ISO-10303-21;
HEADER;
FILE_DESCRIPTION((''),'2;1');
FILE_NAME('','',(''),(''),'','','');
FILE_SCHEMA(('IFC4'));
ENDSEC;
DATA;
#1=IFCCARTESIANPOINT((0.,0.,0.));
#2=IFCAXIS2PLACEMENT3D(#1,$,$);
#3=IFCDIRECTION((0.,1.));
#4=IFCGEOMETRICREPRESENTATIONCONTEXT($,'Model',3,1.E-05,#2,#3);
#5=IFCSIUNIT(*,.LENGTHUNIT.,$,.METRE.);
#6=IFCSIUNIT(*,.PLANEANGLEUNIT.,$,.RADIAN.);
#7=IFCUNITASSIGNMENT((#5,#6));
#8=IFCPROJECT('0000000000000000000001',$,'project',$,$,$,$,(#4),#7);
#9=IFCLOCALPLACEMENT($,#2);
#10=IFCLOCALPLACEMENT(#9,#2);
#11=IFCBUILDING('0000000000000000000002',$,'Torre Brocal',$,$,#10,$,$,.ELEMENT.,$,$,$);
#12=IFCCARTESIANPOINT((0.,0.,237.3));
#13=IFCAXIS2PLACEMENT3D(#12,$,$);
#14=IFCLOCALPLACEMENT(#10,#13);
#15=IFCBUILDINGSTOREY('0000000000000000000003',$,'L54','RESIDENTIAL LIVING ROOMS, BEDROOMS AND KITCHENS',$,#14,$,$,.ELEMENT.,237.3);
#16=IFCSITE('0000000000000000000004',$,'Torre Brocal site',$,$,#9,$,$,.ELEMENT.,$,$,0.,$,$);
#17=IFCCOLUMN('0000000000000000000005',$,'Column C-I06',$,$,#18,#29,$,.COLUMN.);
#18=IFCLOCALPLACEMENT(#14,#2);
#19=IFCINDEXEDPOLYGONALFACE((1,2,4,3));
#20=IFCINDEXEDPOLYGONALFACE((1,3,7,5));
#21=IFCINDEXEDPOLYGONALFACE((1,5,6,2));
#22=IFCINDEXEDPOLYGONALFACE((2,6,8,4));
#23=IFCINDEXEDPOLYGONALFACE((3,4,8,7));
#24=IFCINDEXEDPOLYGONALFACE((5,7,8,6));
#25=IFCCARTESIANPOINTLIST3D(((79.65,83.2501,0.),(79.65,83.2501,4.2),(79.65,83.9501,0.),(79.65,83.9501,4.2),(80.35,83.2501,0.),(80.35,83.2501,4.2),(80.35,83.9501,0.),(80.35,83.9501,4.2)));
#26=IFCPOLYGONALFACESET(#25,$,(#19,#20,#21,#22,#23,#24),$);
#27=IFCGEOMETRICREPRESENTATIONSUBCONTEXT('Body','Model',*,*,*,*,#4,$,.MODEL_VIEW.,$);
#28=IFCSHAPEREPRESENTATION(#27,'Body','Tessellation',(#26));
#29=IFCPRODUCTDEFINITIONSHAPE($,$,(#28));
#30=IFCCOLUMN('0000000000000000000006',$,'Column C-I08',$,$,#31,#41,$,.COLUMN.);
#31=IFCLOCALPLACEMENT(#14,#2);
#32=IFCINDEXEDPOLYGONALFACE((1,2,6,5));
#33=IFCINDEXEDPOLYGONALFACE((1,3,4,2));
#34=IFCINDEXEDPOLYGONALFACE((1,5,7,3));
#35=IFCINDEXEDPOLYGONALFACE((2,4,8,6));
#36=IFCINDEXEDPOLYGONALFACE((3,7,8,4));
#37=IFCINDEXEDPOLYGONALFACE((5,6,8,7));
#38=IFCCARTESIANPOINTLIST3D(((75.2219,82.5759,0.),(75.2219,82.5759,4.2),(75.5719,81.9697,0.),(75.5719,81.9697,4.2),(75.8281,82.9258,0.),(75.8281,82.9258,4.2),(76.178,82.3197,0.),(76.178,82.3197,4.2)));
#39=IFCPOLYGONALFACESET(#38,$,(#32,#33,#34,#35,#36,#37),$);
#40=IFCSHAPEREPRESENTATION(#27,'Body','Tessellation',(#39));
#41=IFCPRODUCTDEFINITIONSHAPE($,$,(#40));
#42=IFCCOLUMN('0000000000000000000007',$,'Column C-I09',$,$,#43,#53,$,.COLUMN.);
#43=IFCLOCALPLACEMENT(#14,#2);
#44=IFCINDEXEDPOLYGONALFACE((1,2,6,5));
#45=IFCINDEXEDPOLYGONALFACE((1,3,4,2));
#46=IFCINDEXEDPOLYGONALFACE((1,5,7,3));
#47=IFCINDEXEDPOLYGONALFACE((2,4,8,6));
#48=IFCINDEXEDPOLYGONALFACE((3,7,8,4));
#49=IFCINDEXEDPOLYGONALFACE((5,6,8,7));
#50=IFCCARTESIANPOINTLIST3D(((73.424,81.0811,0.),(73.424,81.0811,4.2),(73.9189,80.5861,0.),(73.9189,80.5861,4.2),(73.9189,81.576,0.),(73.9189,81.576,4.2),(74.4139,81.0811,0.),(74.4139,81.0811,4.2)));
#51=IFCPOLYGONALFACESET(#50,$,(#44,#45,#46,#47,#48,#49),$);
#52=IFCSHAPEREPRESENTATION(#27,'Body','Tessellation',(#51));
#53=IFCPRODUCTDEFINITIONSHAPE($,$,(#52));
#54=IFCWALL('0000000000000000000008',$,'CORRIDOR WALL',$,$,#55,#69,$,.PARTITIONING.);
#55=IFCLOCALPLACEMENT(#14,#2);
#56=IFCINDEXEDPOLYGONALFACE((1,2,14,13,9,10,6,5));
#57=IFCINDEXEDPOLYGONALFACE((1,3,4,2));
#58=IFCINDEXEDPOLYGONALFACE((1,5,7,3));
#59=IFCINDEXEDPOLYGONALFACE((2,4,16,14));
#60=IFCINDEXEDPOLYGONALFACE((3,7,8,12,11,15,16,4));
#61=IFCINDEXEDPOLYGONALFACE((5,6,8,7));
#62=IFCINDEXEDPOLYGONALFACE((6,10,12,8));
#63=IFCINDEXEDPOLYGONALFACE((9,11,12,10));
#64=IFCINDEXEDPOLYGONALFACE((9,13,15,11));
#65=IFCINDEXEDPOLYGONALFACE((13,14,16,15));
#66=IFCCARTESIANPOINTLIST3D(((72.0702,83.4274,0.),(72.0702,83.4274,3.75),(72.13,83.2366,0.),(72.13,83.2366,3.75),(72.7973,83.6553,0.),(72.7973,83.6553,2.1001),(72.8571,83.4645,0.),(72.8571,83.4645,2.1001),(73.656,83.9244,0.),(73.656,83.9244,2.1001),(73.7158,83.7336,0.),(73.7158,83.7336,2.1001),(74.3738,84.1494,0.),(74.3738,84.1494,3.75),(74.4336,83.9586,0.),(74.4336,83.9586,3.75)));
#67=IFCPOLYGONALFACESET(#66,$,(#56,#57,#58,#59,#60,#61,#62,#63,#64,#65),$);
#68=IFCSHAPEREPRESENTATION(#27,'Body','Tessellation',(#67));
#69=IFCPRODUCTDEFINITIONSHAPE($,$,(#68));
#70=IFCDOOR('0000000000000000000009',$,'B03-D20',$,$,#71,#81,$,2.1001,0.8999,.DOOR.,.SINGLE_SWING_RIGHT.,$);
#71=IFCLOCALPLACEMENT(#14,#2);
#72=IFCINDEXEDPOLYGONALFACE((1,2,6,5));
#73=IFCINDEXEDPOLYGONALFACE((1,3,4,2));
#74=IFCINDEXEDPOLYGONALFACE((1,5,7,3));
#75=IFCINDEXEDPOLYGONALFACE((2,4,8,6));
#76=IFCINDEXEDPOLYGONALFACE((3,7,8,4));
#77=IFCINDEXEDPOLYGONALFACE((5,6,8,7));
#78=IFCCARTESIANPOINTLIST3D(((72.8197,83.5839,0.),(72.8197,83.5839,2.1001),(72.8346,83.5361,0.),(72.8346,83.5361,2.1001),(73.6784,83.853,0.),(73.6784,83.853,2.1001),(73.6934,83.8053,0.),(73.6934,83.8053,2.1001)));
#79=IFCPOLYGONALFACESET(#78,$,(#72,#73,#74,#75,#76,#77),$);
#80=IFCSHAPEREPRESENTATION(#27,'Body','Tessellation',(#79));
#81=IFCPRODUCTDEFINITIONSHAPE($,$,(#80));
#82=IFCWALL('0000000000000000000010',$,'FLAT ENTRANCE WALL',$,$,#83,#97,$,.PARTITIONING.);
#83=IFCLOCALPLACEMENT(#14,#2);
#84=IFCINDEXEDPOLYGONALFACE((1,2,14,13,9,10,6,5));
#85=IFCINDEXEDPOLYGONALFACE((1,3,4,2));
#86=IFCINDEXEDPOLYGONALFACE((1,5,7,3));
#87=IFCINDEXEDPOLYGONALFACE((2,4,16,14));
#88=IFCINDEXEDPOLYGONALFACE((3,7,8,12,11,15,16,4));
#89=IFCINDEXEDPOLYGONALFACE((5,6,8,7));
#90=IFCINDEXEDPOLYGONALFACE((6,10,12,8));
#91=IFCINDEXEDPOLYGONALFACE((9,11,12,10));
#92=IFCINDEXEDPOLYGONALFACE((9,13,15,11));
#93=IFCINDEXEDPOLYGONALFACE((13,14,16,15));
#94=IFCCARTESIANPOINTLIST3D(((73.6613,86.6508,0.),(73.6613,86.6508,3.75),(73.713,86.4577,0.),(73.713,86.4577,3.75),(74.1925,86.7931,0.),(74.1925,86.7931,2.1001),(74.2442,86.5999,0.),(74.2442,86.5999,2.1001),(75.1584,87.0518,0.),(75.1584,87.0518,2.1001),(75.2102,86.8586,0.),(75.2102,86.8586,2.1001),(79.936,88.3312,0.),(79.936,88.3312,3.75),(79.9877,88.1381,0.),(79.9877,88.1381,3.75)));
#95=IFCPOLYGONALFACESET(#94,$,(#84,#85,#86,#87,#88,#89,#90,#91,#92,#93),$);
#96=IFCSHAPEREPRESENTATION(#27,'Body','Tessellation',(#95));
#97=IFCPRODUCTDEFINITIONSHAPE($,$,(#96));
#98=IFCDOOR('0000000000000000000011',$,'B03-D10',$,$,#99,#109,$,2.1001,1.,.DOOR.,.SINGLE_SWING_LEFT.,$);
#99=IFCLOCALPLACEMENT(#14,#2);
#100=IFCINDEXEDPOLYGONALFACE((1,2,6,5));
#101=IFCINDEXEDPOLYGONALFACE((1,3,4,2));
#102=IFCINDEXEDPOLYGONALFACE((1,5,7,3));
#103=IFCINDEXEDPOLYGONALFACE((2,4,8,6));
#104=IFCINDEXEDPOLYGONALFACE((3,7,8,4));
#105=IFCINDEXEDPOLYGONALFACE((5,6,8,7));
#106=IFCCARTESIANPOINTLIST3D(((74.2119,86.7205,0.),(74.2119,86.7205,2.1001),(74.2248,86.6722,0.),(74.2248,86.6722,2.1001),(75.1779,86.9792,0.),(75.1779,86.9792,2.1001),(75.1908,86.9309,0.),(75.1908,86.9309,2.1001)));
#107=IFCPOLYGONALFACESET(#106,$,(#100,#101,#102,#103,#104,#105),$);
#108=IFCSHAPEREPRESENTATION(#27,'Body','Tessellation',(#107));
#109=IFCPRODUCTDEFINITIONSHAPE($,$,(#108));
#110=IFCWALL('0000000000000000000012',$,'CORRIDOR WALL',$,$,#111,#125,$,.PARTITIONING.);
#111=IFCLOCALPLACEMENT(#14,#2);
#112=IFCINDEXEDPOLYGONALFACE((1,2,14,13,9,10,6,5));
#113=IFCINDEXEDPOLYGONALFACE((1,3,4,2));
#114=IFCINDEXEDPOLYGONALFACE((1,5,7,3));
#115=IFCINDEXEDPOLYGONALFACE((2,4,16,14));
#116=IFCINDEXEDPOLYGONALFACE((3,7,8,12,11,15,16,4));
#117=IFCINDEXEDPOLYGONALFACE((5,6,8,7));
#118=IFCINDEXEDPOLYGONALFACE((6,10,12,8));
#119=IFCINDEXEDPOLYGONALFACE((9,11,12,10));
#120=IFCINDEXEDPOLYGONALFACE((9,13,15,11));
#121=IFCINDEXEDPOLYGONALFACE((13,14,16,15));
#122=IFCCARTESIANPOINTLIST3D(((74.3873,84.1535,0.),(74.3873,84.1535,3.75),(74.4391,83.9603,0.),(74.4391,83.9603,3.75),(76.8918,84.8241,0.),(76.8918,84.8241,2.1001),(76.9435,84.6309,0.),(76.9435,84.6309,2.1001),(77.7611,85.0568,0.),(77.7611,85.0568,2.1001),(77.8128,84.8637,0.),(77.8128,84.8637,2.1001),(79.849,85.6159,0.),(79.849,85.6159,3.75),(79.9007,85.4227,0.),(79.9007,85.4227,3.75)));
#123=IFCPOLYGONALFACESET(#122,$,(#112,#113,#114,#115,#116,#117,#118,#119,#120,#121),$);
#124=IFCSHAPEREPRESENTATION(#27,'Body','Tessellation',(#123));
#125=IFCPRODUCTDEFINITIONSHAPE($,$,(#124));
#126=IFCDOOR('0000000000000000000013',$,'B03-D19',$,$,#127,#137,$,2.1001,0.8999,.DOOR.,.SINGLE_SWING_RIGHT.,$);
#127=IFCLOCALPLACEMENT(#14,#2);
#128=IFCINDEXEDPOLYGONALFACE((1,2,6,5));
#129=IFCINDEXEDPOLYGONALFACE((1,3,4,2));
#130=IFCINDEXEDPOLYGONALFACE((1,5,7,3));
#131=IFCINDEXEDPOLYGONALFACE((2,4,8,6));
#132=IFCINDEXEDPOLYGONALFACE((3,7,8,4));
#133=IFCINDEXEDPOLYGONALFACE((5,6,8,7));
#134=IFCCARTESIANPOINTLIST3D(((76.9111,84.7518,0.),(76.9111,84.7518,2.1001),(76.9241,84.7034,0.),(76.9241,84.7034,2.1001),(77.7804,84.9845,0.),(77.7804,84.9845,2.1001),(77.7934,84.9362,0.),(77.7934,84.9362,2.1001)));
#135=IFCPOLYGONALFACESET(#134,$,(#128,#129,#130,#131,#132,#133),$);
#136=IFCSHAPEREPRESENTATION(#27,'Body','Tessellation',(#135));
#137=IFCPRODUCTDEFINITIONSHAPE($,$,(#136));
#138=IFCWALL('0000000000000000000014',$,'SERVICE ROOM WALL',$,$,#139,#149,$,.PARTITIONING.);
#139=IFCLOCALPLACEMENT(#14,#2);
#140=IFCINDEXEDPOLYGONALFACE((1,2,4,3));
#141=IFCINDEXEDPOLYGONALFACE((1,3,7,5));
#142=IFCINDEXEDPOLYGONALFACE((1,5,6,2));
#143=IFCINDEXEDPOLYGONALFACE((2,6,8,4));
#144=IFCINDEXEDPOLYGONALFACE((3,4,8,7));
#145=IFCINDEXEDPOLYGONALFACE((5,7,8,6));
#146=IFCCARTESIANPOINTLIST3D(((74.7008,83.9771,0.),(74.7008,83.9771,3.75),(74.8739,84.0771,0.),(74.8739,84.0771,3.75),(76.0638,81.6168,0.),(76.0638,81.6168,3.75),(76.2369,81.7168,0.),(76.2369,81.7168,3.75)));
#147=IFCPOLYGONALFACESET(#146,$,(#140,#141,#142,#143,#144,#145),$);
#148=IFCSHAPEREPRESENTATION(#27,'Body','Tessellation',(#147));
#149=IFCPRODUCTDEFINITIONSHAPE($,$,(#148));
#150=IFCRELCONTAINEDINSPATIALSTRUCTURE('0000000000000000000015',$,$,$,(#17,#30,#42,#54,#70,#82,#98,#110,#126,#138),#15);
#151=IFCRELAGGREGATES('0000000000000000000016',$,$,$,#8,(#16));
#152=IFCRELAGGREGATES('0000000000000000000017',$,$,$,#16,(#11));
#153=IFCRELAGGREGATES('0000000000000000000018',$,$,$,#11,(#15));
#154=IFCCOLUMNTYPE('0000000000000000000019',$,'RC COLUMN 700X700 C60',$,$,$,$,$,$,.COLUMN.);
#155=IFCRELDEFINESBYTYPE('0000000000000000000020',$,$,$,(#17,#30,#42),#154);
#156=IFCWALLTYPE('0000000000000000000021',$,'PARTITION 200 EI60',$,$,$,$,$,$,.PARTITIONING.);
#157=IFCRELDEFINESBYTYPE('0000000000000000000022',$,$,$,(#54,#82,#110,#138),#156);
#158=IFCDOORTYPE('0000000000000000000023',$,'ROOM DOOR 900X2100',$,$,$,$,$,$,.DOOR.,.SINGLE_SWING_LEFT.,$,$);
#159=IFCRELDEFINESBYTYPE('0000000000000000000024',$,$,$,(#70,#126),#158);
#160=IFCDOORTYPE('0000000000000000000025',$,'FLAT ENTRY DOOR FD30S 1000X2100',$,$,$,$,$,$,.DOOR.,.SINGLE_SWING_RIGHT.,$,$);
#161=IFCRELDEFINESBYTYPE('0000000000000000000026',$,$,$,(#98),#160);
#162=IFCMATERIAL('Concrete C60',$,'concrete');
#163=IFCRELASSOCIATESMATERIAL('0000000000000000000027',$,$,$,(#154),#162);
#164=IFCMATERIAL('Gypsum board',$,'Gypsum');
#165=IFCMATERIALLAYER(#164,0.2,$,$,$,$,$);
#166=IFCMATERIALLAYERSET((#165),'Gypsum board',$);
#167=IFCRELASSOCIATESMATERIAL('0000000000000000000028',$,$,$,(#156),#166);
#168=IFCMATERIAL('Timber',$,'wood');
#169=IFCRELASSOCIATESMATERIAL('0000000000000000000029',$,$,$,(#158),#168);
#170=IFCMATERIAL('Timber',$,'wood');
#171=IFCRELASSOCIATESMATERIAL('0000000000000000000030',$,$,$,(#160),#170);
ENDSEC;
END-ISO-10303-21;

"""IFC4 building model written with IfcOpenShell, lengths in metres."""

from ifc_helpers import new_model, si_unit, direction, frame, frame_2d, origin, origin_2d, place, context, subcontext, project, spatial, rectangle, extrude, material, layer, layer_set, material_profile, profile_set, type_object, element, fill, save


model = new_model("IFC4")

# Units and contexts
model_context = context("Model", 3, precision=1e-05, world=origin(), true_north=direction((0.0, 1.0)))
body_context = subcontext(model_context, "Body", "Model", "MODEL_VIEW")
ifc_project = project(units=[si_unit("LENGTHUNIT", "METRE"), si_unit("PLANEANGLEUNIT", "RADIAN")], contexts=[model_context])

# Site, building, storey
site_placement = place(None, origin())
site = spatial("IfcSite", under=ifc_project, at=site_placement, Name="Torre Brocal site", CompositionType="ELEMENT", RefElevation=0.0)
building_placement = place(site_placement, origin())
building = spatial("IfcBuilding", under=site, at=building_placement, Name="Torre Brocal", CompositionType="ELEMENT")
storey_placement = place(building_placement, frame((0.0, 0.0, 237.3)))
storey = spatial("IfcBuildingStorey", under=building, at=storey_placement, Name="L54", Description="RESIDENTIAL LIVING ROOMS, BEDROOMS AND KITCHENS", CompositionType="ELEMENT", Elevation=237.3)

# Columns
ifc_material_1 = material(Name="Concrete C60", Category="concrete")
ifc_material_profile = material_profile(ifc_material_1, rectangle(XDim=0.7, YDim=0.7, at=origin_2d()), Name="RC 700X700")
ifc_profile_set = profile_set([ifc_material_profile], Name="Concrete C60")
column_type = type_object("IfcColumnType", Name="RC COLUMN 700X700 C60", PredefinedType="COLUMN", material=ifc_profile_set)
for number, where, z_axis, x_axis, name in (
    (1, (80.0, 83.6001, 0.0), (0.0, 0.0, 1.0), (0.0, 1.0, 0.0), "Column C-I06"),
    (2, (75.7, 82.4478, 0.0), (0.0, 0.0, 1.0), (-0.5, 0.866025, 0.0), "Column C-I08"),
    (3, (73.9189, 81.0811, 0.0), (0.0, 0.0, 1.0), (-0.707107, 0.707107, 0.0), "Column C-I09"),
):
    element("IfcColumn", number, at=place(storey_placement, frame(where, z_axis=z_axis, x_axis=x_axis)), inside=storey, type_object=column_type, Name=name, PredefinedType="COLUMN", context=body_context, shape_type="SweptSolid", body=[
        extrude(rectangle(XDim=0.7, YDim=0.7, at=origin_2d()), origin(), (0.0, 0.0, 1.0), 4.2),
    ])

# Walls, openings, doors
ifc_material_2 = material(Name="Gypsum board", Category="Gypsum")
ifc_layer_1 = layer(ifc_material_2, 0.2)
ifc_layer_set_1 = layer_set([ifc_layer_1], Name="Gypsum board")
wall_type_1 = type_object("IfcWallType", Name="PARTITION 200 EI60", PredefinedType="PARTITIONING", material=ifc_layer_set_1)
wall_1_placement = place(storey_placement, frame((72.1001, 83.332, 0.0), z_axis=(0.0, 0.0, 1.0), x_axis=(0.954233, 0.299064, 0.0)))
wall_1 = element("IfcWall", 4, at=wall_1_placement, inside=storey, type_object=wall_type_1, Name="CORRIDOR WALL", PredefinedType="PARTITIONING", context=body_context, shape_type="SweptSolid", body=[
    extrude(rectangle(XDim=2.4141, YDim=0.2, at=frame_2d((1.207, 0.0))), origin(), (0.0, 0.0, 1.0), 3.75),
])
opening_1_placement = place(wall_1_placement, frame((0.762, 0.0, 0.0)))
opening_1 = element("IfcOpeningElement", 5, at=opening_1_placement, cuts=wall_1, PredefinedType="OPENING", context=body_context, shape_type="SweptSolid", body=[
    extrude(rectangle(XDim=0.8999, YDim=2.1001, at=frame_2d((0.45, 1.05))), frame((0.0, 0.1099, 0.0), z_axis=(0.0, -1.0, 0.0), x_axis=(1.0, 0.0, 0.0)), (0.0, 0.0, 1.0), 0.22),
])
ifc_material_3 = material(Name="Timber", Category="wood")
door_type_1 = type_object("IfcDoorType", Name="ROOM DOOR 900X2100", OperationType="SINGLE_SWING_LEFT", PredefinedType="DOOR", material=ifc_material_3)
door_1_placement = place(opening_1_placement, frame((0.8999, 0.0, 0.0), z_axis=(0.0, 0.0, 1.0), x_axis=(-1.0, 0.0, 0.0)))
door_1 = element("IfcDoor", 6, at=door_1_placement, inside=storey, type_object=door_type_1, Name="B03-D20", OperationType="SINGLE_SWING_RIGHT", OverallHeight=2.1001, OverallWidth=0.8999, PredefinedType="DOOR", context=body_context, shape_type="SweptSolid", body=[
    extrude(rectangle(XDim=0.8999, YDim=2.1001, at=frame_2d((0.45, 1.05))), frame((0.0, 0.0249, 0.0), z_axis=(0.0, -1.0, 0.0), x_axis=(1.0, 0.0, 0.0)), (0.0, 0.0, 1.0), 0.05),
])
fill(opening_1, door_1)
wall_2_placement = place(storey_placement, frame((73.687, 86.5542, 0.0), z_axis=(0.0, 0.0, 1.0), x_axis=(0.965959, 0.258694, 0.0)))
wall_2 = element("IfcWall", 7, at=wall_2_placement, inside=storey, type_object=wall_type_1, Name="FLAT ENTRANCE WALL", PredefinedType="PARTITIONING", context=body_context, shape_type="SweptSolid", body=[
    extrude(rectangle(XDim=6.4958, YDim=0.2, at=frame_2d((3.248, 0.0))), origin(), (0.0, 0.0, 1.0), 3.75),
])
opening_2_placement = place(wall_2_placement, frame((0.55, 0.0, 0.0)))
opening_2 = element("IfcOpeningElement", 8, at=opening_2_placement, cuts=wall_2, PredefinedType="OPENING", context=body_context, shape_type="SweptSolid", body=[
    extrude(rectangle(XDim=1.0, YDim=2.1001, at=frame_2d((0.5, 1.05))), frame((0.0, 0.1099, 0.0), z_axis=(0.0, -1.0, 0.0), x_axis=(1.0, 0.0, 0.0)), (0.0, 0.0, 1.0), 0.22),
])
ifc_material_4 = material(Name="Timber", Category="wood")
door_type_2 = type_object("IfcDoorType", Name="FLAT ENTRY DOOR FD30S 1000X2100", OperationType="SINGLE_SWING_RIGHT", PredefinedType="DOOR", material=ifc_material_4)
door_2_placement = place(opening_2_placement, origin())
door_2 = element("IfcDoor", 9, at=door_2_placement, inside=storey, type_object=door_type_2, Name="B03-D10", OperationType="SINGLE_SWING_LEFT", OverallHeight=2.1001, OverallWidth=1.0, PredefinedType="DOOR", context=body_context, shape_type="SweptSolid", body=[
    extrude(rectangle(XDim=1.0, YDim=2.1001, at=frame_2d((0.5, 1.05))), frame((0.0, 0.0249, 0.0), z_axis=(0.0, -1.0, 0.0), x_axis=(1.0, 0.0, 0.0)), (0.0, 0.0, 1.0), 0.05),
])
fill(opening_2, door_2)
wall_3_placement = place(storey_placement, frame((74.4131, 84.0569, 0.0), z_axis=(0.0, 0.0, 1.0), x_axis=(0.965972, 0.258646, 0.0)))
wall_3 = element("IfcWall", 10, at=wall_3_placement, inside=storey, type_object=wall_type_1, Name="CORRIDOR WALL", PredefinedType="PARTITIONING", context=body_context, shape_type="SweptSolid", body=[
    extrude(rectangle(XDim=5.6541, YDim=0.2, at=frame_2d((2.8271, 0.0))), origin(), (0.0, 0.0, 1.0), 3.75),
])
opening_3_placement = place(wall_3_placement, frame((2.5928, 0.0, 0.0)))
opening_3 = element("IfcOpeningElement", 11, at=opening_3_placement, cuts=wall_3, PredefinedType="OPENING", context=body_context, shape_type="SweptSolid", body=[
    extrude(rectangle(XDim=0.8999, YDim=2.1001, at=frame_2d((0.45, 1.05))), frame((0.0, 0.1099, 0.0), z_axis=(0.0, -1.0, 0.0), x_axis=(1.0, 0.0, 0.0)), (0.0, 0.0, 1.0), 0.22),
])
door_3_placement = place(opening_3_placement, frame((0.8999, 0.0, 0.0), z_axis=(0.0, 0.0, 1.0), x_axis=(-1.0, 0.0, 0.0)))
door_3 = element("IfcDoor", 12, at=door_3_placement, inside=storey, type_object=door_type_1, Name="B03-D19", OperationType="SINGLE_SWING_RIGHT", OverallHeight=2.1001, OverallWidth=0.8999, PredefinedType="DOOR", context=body_context, shape_type="SweptSolid", body=[
    extrude(rectangle(XDim=0.8999, YDim=2.1001, at=frame_2d((0.45, 1.05))), frame((0.0, 0.0249, 0.0), z_axis=(0.0, -1.0, 0.0), x_axis=(1.0, 0.0, 0.0)), (0.0, 0.0, 1.0), 0.05),
])
fill(opening_3, door_3)

# Wall
wall_4_placement = place(storey_placement, frame((74.7874, 84.0271, 0.0), z_axis=(0.0, 0.0, 1.0), x_axis=(0.500079, -0.86598, 0.0)))
element("IfcWall", 13, at=wall_4_placement, inside=storey, type_object=wall_type_1, Name="SERVICE ROOM WALL", PredefinedType="PARTITIONING", context=body_context, shape_type="SweptSolid", body=[
    extrude(rectangle(XDim=2.7256, YDim=0.2, at=frame_2d((1.3628, 0.0))), origin(), (0.0, 0.0, 1.0), 3.75),
])

save(model, "model.ifc")
